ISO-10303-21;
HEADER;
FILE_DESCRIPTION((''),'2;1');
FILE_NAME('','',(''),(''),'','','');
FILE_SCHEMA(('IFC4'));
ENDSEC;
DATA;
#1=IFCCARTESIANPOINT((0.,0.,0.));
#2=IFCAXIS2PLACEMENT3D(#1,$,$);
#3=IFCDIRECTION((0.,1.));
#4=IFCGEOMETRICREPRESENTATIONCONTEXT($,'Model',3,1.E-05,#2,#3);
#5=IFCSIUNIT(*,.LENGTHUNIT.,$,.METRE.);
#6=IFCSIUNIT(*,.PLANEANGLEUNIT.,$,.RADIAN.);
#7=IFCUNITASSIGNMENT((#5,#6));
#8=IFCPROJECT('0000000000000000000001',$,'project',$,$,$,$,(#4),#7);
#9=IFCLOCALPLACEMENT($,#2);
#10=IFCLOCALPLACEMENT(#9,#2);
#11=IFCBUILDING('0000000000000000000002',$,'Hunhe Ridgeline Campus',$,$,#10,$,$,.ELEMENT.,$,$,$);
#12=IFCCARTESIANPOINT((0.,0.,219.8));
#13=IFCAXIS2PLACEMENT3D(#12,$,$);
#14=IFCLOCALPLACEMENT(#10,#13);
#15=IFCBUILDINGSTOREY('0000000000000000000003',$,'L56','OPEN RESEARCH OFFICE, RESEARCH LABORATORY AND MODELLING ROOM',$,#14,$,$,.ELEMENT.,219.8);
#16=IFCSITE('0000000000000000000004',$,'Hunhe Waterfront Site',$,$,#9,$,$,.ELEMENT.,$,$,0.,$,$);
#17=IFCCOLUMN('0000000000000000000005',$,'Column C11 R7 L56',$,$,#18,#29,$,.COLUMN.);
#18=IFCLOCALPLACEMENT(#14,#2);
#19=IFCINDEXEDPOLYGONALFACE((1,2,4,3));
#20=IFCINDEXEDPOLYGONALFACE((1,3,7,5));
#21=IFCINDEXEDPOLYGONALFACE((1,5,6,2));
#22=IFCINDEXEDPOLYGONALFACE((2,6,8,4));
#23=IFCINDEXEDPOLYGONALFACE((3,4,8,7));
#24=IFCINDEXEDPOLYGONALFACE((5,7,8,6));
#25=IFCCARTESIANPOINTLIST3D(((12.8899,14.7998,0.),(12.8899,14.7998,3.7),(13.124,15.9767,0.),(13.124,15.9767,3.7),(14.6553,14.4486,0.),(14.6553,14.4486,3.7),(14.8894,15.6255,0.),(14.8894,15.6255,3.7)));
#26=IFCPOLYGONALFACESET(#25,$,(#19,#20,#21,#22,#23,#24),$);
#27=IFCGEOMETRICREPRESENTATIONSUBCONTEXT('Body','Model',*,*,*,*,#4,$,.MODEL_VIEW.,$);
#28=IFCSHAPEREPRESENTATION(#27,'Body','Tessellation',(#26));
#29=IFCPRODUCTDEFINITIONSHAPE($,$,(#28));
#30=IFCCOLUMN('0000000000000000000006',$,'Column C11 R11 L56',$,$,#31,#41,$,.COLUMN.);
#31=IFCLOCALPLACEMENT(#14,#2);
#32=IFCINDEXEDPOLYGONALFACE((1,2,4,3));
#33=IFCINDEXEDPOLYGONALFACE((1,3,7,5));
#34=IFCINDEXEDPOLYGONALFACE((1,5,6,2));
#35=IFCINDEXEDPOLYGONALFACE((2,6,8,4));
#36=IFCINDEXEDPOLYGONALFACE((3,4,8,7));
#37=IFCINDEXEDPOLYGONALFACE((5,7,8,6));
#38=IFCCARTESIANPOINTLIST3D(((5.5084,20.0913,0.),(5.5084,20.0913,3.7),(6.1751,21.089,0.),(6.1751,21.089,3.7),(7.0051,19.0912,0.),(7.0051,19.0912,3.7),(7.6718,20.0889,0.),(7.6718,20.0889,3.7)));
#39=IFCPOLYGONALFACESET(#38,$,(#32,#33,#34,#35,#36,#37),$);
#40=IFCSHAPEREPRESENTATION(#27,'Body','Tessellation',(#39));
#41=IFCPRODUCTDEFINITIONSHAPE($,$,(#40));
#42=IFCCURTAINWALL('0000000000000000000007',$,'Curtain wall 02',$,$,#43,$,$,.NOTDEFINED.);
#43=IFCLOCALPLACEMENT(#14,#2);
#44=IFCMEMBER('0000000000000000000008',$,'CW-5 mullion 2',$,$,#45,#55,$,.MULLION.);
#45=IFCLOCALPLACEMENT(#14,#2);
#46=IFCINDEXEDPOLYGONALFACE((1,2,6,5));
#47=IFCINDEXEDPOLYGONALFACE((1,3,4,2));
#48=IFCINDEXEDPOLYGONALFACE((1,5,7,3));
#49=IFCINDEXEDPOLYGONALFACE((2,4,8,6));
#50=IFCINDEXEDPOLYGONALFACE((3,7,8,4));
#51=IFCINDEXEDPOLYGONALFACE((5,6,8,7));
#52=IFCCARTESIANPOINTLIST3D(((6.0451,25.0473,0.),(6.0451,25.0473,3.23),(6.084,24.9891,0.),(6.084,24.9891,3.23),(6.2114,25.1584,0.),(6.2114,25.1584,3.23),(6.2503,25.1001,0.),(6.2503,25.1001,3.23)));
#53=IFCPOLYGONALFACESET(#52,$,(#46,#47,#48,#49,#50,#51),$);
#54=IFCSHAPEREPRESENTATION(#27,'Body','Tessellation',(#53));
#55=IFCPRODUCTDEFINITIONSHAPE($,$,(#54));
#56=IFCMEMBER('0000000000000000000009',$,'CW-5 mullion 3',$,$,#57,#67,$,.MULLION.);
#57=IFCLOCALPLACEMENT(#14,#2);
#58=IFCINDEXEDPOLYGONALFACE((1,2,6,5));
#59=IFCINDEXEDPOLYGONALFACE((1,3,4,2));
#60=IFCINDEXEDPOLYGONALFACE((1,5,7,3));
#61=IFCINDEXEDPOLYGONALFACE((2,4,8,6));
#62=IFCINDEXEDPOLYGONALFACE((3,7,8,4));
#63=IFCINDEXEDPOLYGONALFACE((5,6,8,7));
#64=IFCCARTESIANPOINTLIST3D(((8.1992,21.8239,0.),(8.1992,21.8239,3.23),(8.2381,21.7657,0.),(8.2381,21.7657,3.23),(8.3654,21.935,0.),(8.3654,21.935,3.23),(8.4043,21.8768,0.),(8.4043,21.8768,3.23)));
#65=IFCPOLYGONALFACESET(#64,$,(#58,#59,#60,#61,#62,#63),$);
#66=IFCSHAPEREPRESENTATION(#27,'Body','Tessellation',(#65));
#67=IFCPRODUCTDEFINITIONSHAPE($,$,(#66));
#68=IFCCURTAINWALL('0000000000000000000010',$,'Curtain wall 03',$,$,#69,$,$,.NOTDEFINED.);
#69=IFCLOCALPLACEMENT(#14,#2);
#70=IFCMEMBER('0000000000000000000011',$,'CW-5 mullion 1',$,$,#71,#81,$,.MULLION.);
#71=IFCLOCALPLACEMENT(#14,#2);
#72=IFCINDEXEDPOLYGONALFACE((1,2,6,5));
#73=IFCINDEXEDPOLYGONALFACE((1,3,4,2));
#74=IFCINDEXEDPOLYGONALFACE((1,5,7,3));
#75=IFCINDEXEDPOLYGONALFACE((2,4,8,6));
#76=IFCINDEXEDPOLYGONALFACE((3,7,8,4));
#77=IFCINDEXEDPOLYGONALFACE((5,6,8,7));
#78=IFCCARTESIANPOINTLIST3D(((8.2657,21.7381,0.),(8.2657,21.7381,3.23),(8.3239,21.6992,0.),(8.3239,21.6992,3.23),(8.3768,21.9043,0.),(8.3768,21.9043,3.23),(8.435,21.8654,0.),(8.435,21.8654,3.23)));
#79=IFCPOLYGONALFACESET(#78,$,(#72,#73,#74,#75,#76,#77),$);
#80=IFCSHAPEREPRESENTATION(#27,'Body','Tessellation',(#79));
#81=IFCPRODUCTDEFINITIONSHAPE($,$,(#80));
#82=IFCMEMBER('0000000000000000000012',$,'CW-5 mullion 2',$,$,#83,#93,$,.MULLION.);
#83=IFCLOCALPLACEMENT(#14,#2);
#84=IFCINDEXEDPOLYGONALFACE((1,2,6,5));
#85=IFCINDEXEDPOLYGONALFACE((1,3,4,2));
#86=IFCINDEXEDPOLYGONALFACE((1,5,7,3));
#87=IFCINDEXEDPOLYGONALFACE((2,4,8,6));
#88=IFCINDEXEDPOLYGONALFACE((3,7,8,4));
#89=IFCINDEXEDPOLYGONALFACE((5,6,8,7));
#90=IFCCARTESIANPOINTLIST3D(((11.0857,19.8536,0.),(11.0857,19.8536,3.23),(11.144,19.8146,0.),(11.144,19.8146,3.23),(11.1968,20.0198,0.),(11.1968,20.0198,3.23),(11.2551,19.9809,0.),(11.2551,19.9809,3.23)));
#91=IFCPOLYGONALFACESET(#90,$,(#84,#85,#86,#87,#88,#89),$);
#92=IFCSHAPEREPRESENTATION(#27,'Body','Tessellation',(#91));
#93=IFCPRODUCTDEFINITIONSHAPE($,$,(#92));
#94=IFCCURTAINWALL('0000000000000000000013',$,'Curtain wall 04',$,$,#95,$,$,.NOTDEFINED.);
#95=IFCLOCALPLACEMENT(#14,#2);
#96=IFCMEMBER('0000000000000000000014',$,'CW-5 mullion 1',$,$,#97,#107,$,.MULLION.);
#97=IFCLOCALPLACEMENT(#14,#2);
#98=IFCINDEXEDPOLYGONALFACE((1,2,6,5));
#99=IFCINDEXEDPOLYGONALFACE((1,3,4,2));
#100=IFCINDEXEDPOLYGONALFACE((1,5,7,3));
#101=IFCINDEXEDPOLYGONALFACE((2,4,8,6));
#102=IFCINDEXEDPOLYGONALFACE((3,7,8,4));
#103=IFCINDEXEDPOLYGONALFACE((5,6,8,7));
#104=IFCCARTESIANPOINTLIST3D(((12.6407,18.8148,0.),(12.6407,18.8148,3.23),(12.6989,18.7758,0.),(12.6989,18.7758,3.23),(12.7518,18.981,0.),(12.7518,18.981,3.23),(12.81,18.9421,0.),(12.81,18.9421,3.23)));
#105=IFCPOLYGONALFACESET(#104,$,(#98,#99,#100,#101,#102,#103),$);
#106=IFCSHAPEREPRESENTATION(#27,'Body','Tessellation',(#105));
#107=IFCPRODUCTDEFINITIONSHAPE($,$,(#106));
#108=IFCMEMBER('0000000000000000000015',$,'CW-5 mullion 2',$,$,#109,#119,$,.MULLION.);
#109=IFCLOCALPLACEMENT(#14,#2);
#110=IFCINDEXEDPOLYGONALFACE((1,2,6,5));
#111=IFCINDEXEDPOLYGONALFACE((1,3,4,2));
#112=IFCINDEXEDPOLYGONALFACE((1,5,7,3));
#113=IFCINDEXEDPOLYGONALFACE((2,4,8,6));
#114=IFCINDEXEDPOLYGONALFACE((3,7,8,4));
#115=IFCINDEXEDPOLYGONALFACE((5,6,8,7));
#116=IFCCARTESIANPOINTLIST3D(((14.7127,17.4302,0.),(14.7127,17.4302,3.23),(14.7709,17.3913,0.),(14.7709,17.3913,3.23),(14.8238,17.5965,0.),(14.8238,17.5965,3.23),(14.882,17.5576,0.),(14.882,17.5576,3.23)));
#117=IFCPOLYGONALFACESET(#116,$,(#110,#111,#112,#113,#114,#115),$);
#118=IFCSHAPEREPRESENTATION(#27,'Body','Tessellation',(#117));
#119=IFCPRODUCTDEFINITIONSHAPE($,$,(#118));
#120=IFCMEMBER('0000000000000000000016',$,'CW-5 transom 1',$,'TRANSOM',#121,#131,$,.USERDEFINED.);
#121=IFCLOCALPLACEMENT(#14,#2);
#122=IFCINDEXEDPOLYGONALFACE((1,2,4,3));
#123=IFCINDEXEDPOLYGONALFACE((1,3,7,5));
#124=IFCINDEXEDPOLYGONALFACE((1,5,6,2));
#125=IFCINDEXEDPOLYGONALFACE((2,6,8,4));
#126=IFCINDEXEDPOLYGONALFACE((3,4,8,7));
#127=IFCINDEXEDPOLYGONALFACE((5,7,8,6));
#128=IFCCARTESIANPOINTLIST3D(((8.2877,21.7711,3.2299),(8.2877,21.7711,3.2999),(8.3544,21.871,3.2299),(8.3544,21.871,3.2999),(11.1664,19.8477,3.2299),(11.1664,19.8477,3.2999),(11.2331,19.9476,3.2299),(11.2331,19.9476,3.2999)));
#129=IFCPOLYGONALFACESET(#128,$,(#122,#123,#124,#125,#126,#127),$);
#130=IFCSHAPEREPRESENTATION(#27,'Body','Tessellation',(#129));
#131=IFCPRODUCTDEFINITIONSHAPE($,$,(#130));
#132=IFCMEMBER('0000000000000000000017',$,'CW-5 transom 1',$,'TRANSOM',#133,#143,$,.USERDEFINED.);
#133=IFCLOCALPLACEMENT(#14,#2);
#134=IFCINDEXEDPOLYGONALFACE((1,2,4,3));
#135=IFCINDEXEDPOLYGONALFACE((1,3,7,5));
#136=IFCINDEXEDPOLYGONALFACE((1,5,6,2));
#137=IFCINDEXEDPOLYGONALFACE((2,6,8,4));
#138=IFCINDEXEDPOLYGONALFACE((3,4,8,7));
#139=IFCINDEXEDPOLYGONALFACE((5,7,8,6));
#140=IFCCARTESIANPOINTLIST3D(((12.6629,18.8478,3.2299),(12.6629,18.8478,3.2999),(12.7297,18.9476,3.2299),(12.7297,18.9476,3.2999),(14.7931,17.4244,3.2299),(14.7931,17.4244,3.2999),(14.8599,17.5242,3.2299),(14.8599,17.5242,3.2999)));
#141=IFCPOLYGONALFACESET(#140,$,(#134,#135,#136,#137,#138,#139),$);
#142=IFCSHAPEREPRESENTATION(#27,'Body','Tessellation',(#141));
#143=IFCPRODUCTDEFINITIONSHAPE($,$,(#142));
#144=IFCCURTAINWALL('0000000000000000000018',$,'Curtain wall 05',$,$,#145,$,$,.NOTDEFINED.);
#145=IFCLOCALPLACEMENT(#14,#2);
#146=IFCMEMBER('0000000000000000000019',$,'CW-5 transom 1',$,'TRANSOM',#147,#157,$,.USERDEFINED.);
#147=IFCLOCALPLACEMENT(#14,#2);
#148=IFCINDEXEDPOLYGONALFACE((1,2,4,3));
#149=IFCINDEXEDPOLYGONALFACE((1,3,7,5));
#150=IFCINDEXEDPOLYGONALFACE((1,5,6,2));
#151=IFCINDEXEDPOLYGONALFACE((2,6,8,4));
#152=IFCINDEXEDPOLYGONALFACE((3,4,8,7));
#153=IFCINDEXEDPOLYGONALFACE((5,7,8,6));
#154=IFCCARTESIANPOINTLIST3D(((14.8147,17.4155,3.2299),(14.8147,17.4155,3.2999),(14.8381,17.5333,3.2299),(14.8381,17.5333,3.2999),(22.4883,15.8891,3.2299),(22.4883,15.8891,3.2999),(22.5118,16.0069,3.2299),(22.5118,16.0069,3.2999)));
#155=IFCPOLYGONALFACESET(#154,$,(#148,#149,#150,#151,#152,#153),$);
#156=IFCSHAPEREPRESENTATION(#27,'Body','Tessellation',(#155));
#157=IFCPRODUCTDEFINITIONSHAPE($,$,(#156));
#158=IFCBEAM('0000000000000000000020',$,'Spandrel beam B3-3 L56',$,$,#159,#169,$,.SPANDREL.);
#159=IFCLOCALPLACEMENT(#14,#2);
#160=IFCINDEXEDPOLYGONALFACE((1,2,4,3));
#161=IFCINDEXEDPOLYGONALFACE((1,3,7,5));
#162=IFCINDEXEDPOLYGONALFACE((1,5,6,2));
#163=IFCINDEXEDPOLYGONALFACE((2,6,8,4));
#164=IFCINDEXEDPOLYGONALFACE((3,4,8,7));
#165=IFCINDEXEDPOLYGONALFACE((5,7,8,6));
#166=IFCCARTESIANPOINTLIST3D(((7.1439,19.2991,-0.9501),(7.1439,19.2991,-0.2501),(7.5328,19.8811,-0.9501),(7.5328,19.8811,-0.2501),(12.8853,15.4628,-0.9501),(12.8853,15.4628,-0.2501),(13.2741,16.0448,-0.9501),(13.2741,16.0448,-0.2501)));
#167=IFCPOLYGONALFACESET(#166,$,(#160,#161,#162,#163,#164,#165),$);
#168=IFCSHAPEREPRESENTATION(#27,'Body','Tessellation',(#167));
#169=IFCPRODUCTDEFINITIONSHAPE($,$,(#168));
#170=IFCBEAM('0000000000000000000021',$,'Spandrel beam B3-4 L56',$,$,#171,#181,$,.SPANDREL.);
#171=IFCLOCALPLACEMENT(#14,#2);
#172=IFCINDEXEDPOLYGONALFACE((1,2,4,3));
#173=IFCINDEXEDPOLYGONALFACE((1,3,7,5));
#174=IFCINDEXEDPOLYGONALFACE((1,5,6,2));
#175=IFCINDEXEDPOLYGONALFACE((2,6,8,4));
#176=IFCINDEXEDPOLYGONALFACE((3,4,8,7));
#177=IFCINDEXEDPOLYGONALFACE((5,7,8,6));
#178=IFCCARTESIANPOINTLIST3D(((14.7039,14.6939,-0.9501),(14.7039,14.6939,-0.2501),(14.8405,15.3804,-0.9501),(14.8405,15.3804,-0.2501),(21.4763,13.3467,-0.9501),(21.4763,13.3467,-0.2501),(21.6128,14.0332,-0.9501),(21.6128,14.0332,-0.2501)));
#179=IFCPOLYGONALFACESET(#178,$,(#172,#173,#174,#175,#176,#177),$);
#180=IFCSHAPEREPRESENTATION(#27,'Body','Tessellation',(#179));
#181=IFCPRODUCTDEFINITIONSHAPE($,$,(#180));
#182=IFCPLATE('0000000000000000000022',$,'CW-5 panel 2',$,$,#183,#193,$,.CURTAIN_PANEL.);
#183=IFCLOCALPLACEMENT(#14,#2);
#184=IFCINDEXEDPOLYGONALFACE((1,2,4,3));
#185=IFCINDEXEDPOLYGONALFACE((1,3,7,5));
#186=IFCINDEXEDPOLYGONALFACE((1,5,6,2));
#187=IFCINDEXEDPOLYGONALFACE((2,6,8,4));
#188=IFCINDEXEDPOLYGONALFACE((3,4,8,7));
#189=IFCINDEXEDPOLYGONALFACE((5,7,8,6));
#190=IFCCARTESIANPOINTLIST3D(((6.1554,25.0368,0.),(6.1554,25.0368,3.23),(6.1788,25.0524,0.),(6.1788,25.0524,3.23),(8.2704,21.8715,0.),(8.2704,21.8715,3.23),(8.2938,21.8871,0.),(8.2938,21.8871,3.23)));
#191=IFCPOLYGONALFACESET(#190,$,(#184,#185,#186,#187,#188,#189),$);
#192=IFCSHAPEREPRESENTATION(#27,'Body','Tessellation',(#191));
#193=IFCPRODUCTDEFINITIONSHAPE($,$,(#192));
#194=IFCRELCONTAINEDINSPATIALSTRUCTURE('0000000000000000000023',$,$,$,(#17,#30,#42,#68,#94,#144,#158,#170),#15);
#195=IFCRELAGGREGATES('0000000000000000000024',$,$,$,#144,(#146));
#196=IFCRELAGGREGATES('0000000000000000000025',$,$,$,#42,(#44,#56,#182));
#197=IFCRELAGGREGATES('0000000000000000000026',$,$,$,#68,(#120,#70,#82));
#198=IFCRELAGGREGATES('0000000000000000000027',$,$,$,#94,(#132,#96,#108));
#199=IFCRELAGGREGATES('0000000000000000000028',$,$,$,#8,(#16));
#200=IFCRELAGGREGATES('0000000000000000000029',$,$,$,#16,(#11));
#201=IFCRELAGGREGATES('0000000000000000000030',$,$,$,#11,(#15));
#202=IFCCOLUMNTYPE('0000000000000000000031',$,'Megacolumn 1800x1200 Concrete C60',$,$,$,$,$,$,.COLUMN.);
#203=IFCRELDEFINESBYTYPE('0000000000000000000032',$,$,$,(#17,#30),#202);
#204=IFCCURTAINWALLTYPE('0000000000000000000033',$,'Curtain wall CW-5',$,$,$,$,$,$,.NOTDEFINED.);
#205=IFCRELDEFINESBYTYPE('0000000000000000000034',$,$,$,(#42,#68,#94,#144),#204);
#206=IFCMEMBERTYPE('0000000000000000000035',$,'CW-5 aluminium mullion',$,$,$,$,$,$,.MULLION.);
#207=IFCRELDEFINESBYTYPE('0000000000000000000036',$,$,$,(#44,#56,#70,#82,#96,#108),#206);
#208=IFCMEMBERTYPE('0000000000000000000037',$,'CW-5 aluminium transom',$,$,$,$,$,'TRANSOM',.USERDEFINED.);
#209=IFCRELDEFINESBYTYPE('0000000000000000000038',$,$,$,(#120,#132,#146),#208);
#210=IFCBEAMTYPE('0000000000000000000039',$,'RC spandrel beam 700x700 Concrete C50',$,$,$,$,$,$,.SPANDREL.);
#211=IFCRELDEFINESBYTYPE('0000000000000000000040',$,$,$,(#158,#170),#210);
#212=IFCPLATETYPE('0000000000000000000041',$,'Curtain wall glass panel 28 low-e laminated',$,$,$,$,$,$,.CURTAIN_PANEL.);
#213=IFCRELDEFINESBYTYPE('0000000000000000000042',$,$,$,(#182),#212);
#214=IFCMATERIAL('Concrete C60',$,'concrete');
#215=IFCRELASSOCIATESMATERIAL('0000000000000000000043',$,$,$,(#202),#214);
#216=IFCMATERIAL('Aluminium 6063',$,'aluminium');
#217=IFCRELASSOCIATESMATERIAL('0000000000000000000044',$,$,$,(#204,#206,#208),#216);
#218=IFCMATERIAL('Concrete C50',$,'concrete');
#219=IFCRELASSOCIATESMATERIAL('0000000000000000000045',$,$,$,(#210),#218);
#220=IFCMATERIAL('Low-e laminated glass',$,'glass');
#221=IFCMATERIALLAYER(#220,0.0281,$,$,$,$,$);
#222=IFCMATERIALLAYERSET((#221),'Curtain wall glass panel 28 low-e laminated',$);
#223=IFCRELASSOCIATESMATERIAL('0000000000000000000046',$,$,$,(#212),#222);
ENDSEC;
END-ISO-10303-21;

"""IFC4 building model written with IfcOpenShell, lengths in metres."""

from ifc_helpers import new_model, si_unit, direction, frame, origin, origin_2d, place, context, subcontext, project, spatial, rectangle, extrude, material, layer, layer_set, material_profile, profile_set, type_object, element, aggregate, save


model = new_model("IFC4")

# Units and contexts
model_context = context("Model", 3, precision=1e-05, world=origin(), true_north=direction((0.0, 1.0)))
body_context = subcontext(model_context, "Body", "Model", "MODEL_VIEW")
ifc_project = project(units=[si_unit("LENGTHUNIT", "METRE"), si_unit("PLANEANGLEUNIT", "RADIAN")], contexts=[model_context])

# Site, building, storey
site_placement = place(None, origin())
site = spatial("IfcSite", under=ifc_project, at=site_placement, Name="Hunhe Waterfront Site", CompositionType="ELEMENT", RefElevation=0.0)
building_placement = place(site_placement, origin())
building = spatial("IfcBuilding", under=site, at=building_placement, Name="Hunhe Ridgeline Campus", CompositionType="ELEMENT")
storey_placement = place(building_placement, frame((0.0, 0.0, 219.8)))
storey = spatial("IfcBuildingStorey", under=building, at=storey_placement, Name="L56", Description="OPEN RESEARCH OFFICE, RESEARCH LABORATORY AND MODELLING ROOM", CompositionType="ELEMENT", Elevation=219.8)

# Columns
ifc_material_1 = material(Name="Concrete C60", Category="concrete")
ifc_material_profile_1 = material_profile(ifc_material_1, rectangle(XDim=1.8, YDim=1.2, at=origin_2d()))
ifc_profile_set_1 = profile_set([ifc_material_profile_1], Name="Concrete C60")
column_type = type_object("IfcColumnType", Name="Megacolumn 1800x1200 Concrete C60", PredefinedType="COLUMN", material=ifc_profile_set_1)
for number, where, z_axis, x_axis, name in (
    (1, (13.8896, 15.2126, 0.0), (0.0, 0.0, 1.0), (-0.980785, 0.19509, 0.0), "Column C11 R7 L56"),
    (2, (6.5901, 20.0901, 0.0), (0.0, 0.0, 1.0), (-0.83147, 0.55557, 0.0), "Column C11 R11 L56"),
):
    element("IfcColumn", number, at=place(storey_placement, frame(where, z_axis=z_axis, x_axis=x_axis)), inside=storey, type_object=column_type, Name=name, PredefinedType="COLUMN", context=body_context, shape_type="SweptSolid", body=[
        extrude(rectangle(XDim=1.8, YDim=1.2, at=origin_2d()), origin(), (0.0, 0.0, 1.0), 3.7),
    ])

# Curtain walls, members
ifc_material_2 = material(Name="Aluminium 6063", Category="aluminium")
curtain_wall_type = type_object("IfcCurtainWallType", Name="Curtain wall CW-5", PredefinedType="NOTDEFINED", material=ifc_material_2)
curtain_wall_1_placement = place(storey_placement, origin())
curtain_wall_1 = element("IfcCurtainWall", 3, at=curtain_wall_1_placement, inside=storey, type_object=curtain_wall_type, Name="Curtain wall 02", PredefinedType="NOTDEFINED")
ifc_material_profile_2 = material_profile(ifc_material_2, rectangle(XDim=0.2, YDim=0.0701, at=origin_2d()))
ifc_profile_set_2 = profile_set([ifc_material_profile_2], Name="Aluminium 6063")
member_type_1 = type_object("IfcMemberType", Name="CW-5 aluminium mullion", PredefinedType="MULLION", material=ifc_profile_set_2)
member_1_placement = place(storey_placement, frame((6.1477, 25.0737, 0.0), z_axis=(0.0, 0.0, 1.0), x_axis=(0.83147, 0.55557, 0.0)))
member_1 = element("IfcMember", 4, at=member_1_placement, type_object=member_type_1, Name="CW-5 mullion 2", PredefinedType="MULLION", context=body_context, shape_type="SweptSolid", body=[
    extrude(rectangle(XDim=0.2, YDim=0.0701, at=origin_2d()), origin(), (0.0, 0.0, 1.0), 3.23),
])
member_2_placement = place(storey_placement, frame((8.3018, 21.8503, 0.0), z_axis=(0.0, 0.0, 1.0), x_axis=(0.83147, 0.55557, 0.0)))
member_2 = element("IfcMember", 5, at=member_2_placement, type_object=member_type_1, Name="CW-5 mullion 3", PredefinedType="MULLION", context=body_context, shape_type="SweptSolid", body=[
    extrude(rectangle(XDim=0.2, YDim=0.0701, at=origin_2d()), origin(), (0.0, 0.0, 1.0), 3.23),
])
curtain_wall_2_placement = place(storey_placement, origin())
curtain_wall_2 = element("IfcCurtainWall", 6, at=curtain_wall_2_placement, inside=storey, type_object=curtain_wall_type, Name="Curtain wall 03", PredefinedType="NOTDEFINED")
member_3_placement = place(storey_placement, frame((8.3503, 21.8018, 0.0), z_axis=(0.0, 0.0, 1.0), x_axis=(0.55557, 0.83147, 0.0)))
member_3 = element("IfcMember", 7, at=member_3_placement, type_object=member_type_1, Name="CW-5 mullion 1", PredefinedType="MULLION", context=body_context, shape_type="SweptSolid", body=[
    extrude(rectangle(XDim=0.2, YDim=0.0701, at=origin_2d()), origin(), (0.0, 0.0, 1.0), 3.23),
])
member_4_placement = place(storey_placement, frame((11.1704, 19.9172, 0.0), z_axis=(0.0, 0.0, 1.0), x_axis=(0.55557, 0.83147, 0.0)))
member_4 = element("IfcMember", 8, at=member_4_placement, type_object=member_type_1, Name="CW-5 mullion 2", PredefinedType="MULLION", context=body_context, shape_type="SweptSolid", body=[
    extrude(rectangle(XDim=0.2, YDim=0.0701, at=origin_2d()), origin(), (0.0, 0.0, 1.0), 3.23),
])
curtain_wall_3_placement = place(storey_placement, origin())
curtain_wall_3 = element("IfcCurtainWall", 9, at=curtain_wall_3_placement, inside=storey, type_object=curtain_wall_type, Name="Curtain wall 04", PredefinedType="NOTDEFINED")
member_5_placement = place(storey_placement, frame((12.7253, 18.8784, 0.0), z_axis=(0.0, 0.0, 1.0), x_axis=(0.55557, 0.83147, 0.0)))
member_5 = element("IfcMember", 10, at=member_5_placement, type_object=member_type_1, Name="CW-5 mullion 1", PredefinedType="MULLION", context=body_context, shape_type="SweptSolid", body=[
    extrude(rectangle(XDim=0.2, YDim=0.0701, at=origin_2d()), origin(), (0.0, 0.0, 1.0), 3.23),
])
member_6_placement = place(storey_placement, frame((14.7974, 17.4939, 0.0), z_axis=(0.0, 0.0, 1.0), x_axis=(0.55557, 0.83147, 0.0)))
member_6 = element("IfcMember", 11, at=member_6_placement, type_object=member_type_1, Name="CW-5 mullion 2", PredefinedType="MULLION", context=body_context, shape_type="SweptSolid", body=[
    extrude(rectangle(XDim=0.2, YDim=0.0701, at=origin_2d()), origin(), (0.0, 0.0, 1.0), 3.23),
])

# Members
ifc_material_profile_3 = material_profile(ifc_material_2, rectangle(XDim=0.1201, YDim=0.0701, at=origin_2d()))
ifc_profile_set_3 = profile_set([ifc_material_profile_3], Name="Aluminium 6063")
member_type_2 = type_object("IfcMemberType", Name="CW-5 aluminium transom", ElementType="TRANSOM", PredefinedType="USERDEFINED", material=ifc_profile_set_3)
member_7_placement = place(storey_placement, frame((8.321, 21.821, 3.2649), z_axis=(0.831486, -0.555546, 0.0), x_axis=(0.555546, 0.831486, 0.0)))
member_7 = element("IfcMember", 12, at=member_7_placement, type_object=member_type_2, Name="CW-5 transom 1", ObjectType="TRANSOM", PredefinedType="USERDEFINED", context=body_context, shape_type="SweptSolid", body=[
    extrude(rectangle(XDim=0.1201, YDim=0.0701, at=origin_2d()), origin(), (0.0, 0.0, 1.0), 3.4622),
])
member_8_placement = place(storey_placement, frame((12.6963, 18.8977, 3.2649), z_axis=(0.831463, -0.55558, 0.0), x_axis=(0.55558, 0.831463, 0.0)))
member_8 = element("IfcMember", 13, at=member_8_placement, type_object=member_type_2, Name="CW-5 transom 1", ObjectType="TRANSOM", PredefinedType="USERDEFINED", context=body_context, shape_type="SweptSolid", body=[
    extrude(rectangle(XDim=0.1201, YDim=0.0701, at=origin_2d()), origin(), (0.0, 0.0, 1.0), 2.562),
])

# Curtain wall, member
curtain_wall_4_placement = place(storey_placement, origin())
curtain_wall_4 = element("IfcCurtainWall", 14, at=curtain_wall_4_placement, inside=storey, type_object=curtain_wall_type, Name="Curtain wall 05", PredefinedType="NOTDEFINED")
member_9_placement = place(storey_placement, frame((14.8264, 17.4744, 3.2649), z_axis=(0.980785, -0.19509, 0.0), x_axis=(0.19509, 0.980785, 0.0)))
member_9 = element("IfcMember", 15, at=member_9_placement, type_object=member_type_2, Name="CW-5 transom 1", ObjectType="TRANSOM", PredefinedType="USERDEFINED", context=body_context, shape_type="SweptSolid", body=[
    extrude(rectangle(XDim=0.1201, YDim=0.0701, at=origin_2d()), origin(), (0.0, 0.0, 1.0), 7.824),
])
aggregate(curtain_wall_4, [member_9])

# Beams
ifc_material_3 = material(Name="Concrete C50", Category="concrete")
ifc_material_profile_4 = material_profile(ifc_material_3, rectangle(XDim=0.7, YDim=0.7, at=origin_2d()))
ifc_profile_set_4 = profile_set([ifc_material_profile_4], Name="Concrete C50")
beam_type = type_object("IfcBeamType", Name="RC spandrel beam 700x700 Concrete C50", PredefinedType="SPANDREL", material=ifc_profile_set_4)
for number, where, z_axis, x_axis, name in (
    (16, (7.3384, 19.5901, -0.6001), (0.831468, -0.555573, 0.0), (0.555573, 0.831468, 0.0), "Spandrel beam B3-3 L56"),
    (17, (14.7722, 15.0371, -0.6001), (0.980784, -0.195096, 0.0), (0.195096, 0.980784, 0.0), "Spandrel beam B3-4 L56"),
):
    element("IfcBeam", number, at=place(storey_placement, frame(where, z_axis=z_axis, x_axis=x_axis)), inside=storey, type_object=beam_type, Name=name, PredefinedType="SPANDREL", context=body_context, shape_type="SweptSolid", body=[
        extrude(rectangle(XDim=0.7, YDim=0.7, at=origin_2d()), origin(), (0.0, 0.0, 1.0), 6.905),
    ])

# Plate
ifc_material_4 = material(Name="Low-e laminated glass", Category="glass")
ifc_layer_1 = layer(ifc_material_4, 0.0281)
ifc_layer_set_1 = layer_set([ifc_layer_1], Name="Curtain wall glass panel 28 low-e laminated")
plate_type = type_object("IfcPlateType", Name="Curtain wall glass panel 28 low-e laminated", PredefinedType="CURTAIN_PANEL", material=ifc_layer_set_1)
plate_1_placement = place(storey_placement, frame((7.2246, 23.4619, 0.0), z_axis=(0.0, 0.0, 1.0), x_axis=(0.55557, -0.83147, 0.0)))
plate_1 = element("IfcPlate", 18, at=plate_1_placement, type_object=plate_type, Name="CW-5 panel 2", PredefinedType="CURTAIN_PANEL", context=body_context, shape_type="SweptSolid", body=[
    extrude(rectangle(XDim=3.8069, YDim=0.0281, at=origin_2d()), origin(), (0.0, 0.0, 1.0), 3.23),
])
aggregate(curtain_wall_1, [member_1, member_2, plate_1])
aggregate(curtain_wall_2, [member_7, member_3, member_4])
aggregate(curtain_wall_3, [member_8, member_5, member_6])

save(model, "model.ifc")
